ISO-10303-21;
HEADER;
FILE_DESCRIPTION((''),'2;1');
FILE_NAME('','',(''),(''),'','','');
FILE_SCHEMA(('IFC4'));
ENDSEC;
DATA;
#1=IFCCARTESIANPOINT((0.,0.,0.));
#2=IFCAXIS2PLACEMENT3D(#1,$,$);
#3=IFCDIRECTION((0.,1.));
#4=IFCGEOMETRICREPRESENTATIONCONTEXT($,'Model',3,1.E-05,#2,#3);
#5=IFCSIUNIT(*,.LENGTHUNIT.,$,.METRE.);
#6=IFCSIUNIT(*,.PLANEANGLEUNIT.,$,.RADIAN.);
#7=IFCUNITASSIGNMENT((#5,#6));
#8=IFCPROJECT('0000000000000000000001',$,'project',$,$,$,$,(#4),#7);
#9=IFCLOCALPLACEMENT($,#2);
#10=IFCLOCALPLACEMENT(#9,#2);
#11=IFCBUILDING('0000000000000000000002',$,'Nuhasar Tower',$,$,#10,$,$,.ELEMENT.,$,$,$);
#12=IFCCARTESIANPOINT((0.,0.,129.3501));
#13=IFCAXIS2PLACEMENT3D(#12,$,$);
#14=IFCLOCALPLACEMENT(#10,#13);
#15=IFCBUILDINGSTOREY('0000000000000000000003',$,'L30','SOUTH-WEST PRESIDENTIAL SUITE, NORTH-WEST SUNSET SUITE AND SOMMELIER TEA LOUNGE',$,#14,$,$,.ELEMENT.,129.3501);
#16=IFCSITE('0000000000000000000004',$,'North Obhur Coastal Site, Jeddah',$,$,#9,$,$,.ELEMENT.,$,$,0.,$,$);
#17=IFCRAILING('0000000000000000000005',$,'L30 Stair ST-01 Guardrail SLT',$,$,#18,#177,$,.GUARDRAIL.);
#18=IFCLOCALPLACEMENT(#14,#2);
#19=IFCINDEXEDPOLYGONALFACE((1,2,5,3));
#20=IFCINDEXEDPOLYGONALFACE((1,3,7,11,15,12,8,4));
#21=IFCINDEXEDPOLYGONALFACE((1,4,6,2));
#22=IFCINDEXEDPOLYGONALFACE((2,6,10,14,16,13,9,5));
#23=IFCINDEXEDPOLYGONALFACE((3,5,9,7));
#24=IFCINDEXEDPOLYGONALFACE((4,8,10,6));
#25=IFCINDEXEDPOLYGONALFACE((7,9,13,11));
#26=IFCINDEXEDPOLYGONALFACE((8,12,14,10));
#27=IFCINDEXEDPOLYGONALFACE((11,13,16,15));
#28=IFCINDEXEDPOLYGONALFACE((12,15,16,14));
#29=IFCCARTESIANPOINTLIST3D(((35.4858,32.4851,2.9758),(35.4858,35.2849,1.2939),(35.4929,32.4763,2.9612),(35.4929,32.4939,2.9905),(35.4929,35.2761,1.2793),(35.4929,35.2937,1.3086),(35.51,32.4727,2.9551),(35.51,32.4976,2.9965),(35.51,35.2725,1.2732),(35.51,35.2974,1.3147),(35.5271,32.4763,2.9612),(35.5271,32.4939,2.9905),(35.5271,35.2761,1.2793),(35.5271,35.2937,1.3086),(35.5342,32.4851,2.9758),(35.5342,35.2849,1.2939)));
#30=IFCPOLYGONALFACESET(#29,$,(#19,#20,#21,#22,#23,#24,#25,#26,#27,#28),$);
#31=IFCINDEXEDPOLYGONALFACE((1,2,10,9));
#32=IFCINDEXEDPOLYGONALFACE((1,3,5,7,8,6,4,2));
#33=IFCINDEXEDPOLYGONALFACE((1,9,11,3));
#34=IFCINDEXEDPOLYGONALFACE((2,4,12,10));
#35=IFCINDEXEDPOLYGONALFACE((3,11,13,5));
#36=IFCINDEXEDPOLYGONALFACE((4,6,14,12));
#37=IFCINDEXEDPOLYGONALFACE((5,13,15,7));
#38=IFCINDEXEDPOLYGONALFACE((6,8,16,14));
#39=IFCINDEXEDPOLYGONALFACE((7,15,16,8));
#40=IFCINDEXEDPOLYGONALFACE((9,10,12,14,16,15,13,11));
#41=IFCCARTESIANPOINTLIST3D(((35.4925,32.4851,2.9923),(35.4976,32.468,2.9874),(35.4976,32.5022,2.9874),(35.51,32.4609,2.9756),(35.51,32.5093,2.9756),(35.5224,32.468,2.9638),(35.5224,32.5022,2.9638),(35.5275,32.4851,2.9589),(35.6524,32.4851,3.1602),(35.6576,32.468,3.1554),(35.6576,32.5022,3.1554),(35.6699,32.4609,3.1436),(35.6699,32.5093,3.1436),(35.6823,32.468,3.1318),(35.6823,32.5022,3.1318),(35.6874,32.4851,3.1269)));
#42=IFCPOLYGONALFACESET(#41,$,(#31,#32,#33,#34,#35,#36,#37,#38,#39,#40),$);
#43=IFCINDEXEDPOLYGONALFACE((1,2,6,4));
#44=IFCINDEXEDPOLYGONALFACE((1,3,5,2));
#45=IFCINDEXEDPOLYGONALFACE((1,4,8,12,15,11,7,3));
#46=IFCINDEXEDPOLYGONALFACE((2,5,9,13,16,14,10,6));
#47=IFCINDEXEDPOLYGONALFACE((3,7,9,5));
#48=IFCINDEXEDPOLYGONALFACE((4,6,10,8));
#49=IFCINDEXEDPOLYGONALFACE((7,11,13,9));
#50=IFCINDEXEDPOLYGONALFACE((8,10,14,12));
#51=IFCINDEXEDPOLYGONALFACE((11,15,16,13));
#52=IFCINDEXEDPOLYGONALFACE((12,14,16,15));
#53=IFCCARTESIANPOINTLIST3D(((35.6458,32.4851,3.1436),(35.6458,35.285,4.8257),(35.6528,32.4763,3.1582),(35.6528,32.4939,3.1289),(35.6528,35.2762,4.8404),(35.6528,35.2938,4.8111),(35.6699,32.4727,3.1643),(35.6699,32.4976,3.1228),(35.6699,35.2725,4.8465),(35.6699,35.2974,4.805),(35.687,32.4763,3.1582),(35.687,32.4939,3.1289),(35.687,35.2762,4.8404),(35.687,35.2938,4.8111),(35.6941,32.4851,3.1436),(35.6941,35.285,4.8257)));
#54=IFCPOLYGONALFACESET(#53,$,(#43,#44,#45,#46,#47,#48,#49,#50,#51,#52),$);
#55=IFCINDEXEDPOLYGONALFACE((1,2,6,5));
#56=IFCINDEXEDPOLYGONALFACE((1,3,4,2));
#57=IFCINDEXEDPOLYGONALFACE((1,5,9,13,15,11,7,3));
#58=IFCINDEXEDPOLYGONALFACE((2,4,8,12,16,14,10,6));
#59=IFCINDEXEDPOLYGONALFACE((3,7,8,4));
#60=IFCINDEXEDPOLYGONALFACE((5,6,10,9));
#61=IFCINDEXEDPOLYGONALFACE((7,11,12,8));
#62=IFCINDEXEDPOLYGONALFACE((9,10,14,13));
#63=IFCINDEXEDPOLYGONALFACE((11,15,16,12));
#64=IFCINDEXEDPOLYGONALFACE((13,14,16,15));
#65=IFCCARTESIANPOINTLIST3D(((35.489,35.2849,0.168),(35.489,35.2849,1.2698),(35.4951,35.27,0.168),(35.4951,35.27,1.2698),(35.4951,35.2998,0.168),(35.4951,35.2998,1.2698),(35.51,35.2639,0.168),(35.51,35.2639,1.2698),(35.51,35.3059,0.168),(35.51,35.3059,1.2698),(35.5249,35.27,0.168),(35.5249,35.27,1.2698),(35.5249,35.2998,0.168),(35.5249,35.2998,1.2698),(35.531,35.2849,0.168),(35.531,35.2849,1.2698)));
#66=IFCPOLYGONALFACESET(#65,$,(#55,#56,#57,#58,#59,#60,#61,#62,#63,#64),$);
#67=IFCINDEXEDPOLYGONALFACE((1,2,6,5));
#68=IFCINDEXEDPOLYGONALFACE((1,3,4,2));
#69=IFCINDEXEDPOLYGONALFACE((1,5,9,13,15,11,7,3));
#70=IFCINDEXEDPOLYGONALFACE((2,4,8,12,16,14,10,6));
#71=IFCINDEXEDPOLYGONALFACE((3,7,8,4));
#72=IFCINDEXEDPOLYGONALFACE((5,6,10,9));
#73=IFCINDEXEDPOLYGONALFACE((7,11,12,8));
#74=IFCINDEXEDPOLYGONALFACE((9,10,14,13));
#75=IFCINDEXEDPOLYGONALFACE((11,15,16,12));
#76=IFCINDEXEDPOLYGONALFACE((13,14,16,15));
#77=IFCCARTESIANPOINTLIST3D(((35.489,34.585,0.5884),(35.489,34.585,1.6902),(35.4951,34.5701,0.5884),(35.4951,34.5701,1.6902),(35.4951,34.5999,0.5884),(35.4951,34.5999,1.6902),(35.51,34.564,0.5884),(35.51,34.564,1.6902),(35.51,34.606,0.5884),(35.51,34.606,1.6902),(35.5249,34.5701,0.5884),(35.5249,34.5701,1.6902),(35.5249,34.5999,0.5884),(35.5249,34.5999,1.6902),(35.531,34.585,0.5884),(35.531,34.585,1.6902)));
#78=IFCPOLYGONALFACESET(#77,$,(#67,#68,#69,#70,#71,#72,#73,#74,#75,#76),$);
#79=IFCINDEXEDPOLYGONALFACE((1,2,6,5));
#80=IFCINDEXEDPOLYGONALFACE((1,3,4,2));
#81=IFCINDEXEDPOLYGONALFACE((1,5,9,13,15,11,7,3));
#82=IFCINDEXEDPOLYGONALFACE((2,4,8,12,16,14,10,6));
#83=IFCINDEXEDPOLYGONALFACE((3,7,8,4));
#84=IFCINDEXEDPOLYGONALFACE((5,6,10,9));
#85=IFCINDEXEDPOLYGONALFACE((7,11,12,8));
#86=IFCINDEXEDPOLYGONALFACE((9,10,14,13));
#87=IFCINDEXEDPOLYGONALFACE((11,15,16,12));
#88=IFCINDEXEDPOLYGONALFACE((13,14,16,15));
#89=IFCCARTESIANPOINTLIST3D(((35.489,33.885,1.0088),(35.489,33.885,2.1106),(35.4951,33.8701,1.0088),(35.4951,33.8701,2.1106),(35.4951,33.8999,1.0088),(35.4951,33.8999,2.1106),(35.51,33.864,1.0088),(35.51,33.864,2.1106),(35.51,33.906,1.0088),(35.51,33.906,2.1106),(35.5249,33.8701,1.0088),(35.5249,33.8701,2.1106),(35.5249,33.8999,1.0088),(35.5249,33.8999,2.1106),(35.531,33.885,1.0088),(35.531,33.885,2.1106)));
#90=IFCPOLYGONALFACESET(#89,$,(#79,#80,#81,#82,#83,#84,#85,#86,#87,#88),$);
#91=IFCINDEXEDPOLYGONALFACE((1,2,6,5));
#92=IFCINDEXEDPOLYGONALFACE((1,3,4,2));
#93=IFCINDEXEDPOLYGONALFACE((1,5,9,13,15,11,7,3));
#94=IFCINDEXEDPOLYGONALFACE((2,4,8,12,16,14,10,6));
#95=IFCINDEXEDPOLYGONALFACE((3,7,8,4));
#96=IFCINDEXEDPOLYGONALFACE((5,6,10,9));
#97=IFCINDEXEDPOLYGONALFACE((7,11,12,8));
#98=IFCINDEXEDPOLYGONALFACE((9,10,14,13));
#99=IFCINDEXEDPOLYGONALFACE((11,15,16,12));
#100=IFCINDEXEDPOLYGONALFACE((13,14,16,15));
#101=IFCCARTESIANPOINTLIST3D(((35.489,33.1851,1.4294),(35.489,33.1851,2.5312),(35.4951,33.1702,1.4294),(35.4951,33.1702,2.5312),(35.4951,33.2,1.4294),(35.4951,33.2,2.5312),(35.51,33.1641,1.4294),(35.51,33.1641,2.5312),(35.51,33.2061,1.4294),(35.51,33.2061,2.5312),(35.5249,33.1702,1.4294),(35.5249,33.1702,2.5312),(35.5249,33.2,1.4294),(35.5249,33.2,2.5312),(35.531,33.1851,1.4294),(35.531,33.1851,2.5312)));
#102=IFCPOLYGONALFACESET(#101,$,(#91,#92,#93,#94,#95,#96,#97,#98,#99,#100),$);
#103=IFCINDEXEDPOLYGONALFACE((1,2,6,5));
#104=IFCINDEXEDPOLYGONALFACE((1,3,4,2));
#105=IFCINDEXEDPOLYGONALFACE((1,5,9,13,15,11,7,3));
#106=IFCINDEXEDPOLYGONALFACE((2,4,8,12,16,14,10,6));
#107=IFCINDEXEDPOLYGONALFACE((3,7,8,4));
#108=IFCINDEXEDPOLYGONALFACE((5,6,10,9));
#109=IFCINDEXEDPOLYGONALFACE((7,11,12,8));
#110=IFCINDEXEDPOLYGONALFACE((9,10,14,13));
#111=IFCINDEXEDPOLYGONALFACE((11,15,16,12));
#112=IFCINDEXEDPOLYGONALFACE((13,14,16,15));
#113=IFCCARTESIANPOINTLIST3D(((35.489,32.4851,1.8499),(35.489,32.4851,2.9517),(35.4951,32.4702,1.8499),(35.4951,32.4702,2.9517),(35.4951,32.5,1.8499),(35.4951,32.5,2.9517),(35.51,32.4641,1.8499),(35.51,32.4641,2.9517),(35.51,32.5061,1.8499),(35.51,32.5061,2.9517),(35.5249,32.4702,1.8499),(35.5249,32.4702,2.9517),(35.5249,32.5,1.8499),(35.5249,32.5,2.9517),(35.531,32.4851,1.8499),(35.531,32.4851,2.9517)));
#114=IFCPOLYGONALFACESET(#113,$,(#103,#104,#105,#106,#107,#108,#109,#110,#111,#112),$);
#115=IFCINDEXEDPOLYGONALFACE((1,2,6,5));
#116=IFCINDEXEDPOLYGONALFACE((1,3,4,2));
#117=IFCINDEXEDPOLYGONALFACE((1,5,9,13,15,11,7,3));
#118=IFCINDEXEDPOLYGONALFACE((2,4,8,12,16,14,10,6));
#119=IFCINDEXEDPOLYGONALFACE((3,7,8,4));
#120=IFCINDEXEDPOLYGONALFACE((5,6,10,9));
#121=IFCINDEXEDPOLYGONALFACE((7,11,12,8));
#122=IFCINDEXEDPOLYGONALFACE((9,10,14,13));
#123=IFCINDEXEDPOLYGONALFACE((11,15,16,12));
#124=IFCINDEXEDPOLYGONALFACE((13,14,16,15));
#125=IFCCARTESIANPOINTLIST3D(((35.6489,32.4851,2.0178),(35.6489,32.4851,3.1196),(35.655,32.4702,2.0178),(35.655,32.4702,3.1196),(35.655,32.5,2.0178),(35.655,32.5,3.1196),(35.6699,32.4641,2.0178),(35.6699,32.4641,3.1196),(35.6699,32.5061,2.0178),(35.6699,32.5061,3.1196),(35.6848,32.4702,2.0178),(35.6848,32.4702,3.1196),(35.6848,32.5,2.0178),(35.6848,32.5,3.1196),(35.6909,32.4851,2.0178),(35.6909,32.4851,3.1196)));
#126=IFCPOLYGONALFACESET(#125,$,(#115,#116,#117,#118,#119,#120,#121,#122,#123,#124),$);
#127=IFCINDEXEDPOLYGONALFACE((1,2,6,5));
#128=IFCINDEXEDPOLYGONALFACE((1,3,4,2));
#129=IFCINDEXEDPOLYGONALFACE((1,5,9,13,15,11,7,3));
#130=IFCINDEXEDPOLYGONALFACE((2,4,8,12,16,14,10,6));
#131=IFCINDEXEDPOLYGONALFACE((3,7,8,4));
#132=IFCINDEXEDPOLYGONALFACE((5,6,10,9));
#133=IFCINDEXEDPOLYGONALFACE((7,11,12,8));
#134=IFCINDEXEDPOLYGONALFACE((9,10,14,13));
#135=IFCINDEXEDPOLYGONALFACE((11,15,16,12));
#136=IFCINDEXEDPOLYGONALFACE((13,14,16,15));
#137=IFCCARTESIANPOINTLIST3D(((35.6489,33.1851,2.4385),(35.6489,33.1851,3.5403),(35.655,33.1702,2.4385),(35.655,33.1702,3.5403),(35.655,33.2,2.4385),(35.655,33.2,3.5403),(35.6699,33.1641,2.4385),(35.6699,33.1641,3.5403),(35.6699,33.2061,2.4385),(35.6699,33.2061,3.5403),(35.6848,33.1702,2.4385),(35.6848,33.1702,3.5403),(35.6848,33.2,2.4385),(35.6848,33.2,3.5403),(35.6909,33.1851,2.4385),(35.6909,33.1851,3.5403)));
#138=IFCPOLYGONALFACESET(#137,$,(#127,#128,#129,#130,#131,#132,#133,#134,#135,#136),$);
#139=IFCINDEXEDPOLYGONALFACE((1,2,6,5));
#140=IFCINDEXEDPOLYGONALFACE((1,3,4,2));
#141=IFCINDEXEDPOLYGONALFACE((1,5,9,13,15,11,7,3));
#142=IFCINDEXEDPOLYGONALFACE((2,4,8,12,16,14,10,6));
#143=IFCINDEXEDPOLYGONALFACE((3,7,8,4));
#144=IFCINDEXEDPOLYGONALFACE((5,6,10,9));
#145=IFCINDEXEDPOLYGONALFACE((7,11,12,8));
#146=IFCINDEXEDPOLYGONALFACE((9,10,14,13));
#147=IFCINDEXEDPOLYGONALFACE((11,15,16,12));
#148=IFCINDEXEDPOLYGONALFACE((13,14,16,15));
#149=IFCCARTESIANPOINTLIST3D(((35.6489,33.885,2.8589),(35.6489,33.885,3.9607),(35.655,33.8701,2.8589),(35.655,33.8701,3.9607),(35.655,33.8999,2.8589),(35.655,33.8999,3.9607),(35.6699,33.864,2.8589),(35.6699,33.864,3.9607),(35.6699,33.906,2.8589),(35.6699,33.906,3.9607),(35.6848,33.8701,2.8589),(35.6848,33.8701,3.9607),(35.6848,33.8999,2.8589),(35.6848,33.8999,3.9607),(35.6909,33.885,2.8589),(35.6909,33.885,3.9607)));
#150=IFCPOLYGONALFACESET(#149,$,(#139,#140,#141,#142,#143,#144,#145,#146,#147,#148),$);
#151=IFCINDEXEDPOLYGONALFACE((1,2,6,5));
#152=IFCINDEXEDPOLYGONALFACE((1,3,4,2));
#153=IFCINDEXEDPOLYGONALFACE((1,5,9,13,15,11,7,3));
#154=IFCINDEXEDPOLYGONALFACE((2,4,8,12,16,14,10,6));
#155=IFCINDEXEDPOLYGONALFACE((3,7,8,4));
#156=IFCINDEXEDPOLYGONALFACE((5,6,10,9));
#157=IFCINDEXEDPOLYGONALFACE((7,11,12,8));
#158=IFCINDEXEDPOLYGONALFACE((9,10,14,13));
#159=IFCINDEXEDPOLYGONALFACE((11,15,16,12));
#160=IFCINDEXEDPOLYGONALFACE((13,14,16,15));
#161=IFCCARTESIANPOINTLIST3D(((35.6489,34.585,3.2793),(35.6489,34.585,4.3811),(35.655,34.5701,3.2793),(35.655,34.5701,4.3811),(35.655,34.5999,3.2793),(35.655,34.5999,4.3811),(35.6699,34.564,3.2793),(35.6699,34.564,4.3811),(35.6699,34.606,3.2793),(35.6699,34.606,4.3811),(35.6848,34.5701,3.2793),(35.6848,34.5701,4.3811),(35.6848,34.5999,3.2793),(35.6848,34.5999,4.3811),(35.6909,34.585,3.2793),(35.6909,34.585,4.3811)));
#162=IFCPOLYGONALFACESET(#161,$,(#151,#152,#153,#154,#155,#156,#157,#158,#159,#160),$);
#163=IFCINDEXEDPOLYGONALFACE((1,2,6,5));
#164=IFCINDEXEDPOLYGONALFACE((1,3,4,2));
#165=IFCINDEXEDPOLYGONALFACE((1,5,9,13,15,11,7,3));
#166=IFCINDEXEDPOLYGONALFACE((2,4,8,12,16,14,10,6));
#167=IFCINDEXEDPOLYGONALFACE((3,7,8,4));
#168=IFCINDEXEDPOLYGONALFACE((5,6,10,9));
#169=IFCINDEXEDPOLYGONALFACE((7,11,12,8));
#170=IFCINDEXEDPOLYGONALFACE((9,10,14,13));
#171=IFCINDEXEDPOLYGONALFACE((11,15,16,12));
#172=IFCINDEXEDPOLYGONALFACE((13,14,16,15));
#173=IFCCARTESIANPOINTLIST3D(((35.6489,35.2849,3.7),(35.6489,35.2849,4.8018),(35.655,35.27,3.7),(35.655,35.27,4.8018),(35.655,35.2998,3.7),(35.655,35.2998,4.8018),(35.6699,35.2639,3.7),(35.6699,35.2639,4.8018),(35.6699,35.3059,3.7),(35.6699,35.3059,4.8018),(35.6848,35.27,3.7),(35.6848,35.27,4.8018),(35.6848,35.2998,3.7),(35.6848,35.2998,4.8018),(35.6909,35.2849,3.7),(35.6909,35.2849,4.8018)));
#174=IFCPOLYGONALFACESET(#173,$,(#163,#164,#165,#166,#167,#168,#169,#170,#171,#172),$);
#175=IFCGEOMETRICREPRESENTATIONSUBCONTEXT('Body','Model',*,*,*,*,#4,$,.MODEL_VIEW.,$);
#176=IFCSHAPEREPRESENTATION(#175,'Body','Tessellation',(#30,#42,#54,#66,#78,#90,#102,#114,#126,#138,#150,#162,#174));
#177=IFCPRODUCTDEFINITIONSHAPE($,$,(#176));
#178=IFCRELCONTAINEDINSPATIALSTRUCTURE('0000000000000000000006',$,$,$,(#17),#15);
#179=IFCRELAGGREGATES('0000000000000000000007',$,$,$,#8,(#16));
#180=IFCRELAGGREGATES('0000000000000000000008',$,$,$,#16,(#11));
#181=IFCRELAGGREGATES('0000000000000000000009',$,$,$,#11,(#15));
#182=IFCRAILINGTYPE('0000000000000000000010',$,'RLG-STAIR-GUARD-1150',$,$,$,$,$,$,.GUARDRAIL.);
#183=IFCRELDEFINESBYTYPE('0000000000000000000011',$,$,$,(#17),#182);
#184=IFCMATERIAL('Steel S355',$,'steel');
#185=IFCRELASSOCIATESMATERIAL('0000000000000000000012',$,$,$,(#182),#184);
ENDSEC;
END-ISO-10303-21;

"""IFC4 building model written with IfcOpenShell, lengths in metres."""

from ifc_helpers import new_model, si_unit, direction, frame, origin, place, context, subcontext, project, spatial, polyline, outline, extrude, material, type_object, element, save


model = new_model("IFC4")

# Units and contexts
model_context = context("Model", 3, precision=1e-05, world=origin(), true_north=direction((0.0, 1.0)))
body_context = subcontext(model_context, "Body", "Model", "MODEL_VIEW")
ifc_project = project(units=[si_unit("LENGTHUNIT", "METRE"), si_unit("PLANEANGLEUNIT", "RADIAN")], contexts=[model_context])

# Site, building, storey
site_placement = place(None, origin())
site = spatial("IfcSite", under=ifc_project, at=site_placement, Name="North Obhur Coastal Site, Jeddah", CompositionType="ELEMENT", RefElevation=0.0)
building_placement = place(site_placement, origin())
building = spatial("IfcBuilding", under=site, at=building_placement, Name="Nuhasar Tower", CompositionType="ELEMENT")
storey_placement = place(building_placement, frame((0.0, 0.0, 129.3501)))
storey = spatial("IfcBuildingStorey", under=building, at=storey_placement, Name="L30", Description="SOUTH-WEST PRESIDENTIAL SUITE, NORTH-WEST SUNSET SUITE AND SOMMELIER TEA LOUNGE", CompositionType="ELEMENT", Elevation=129.3501)

# Shared definitions
ifc_material_1 = material(Name="Steel S355", Category="steel")

# Railing
railing_type_1 = type_object("IfcRailingType", Name="RLG-STAIR-GUARD-1150", PredefinedType="GUARDRAIL", material=ifc_material_1)
railing_1_placement = place(storey_placement, frame((35.51, 35.2849, 0.168)))
element("IfcRailing", 1, at=railing_1_placement, inside=storey, type_object=railing_type_1, Name="L30 Stair ST-01 Guardrail SLT", PredefinedType="GUARDRAIL", context=body_context, shape_type="SweptSolid", body=[
    extrude(outline(polyline([(0.0242, 0.0), (0.0171, 0.0171), (0.0, 0.0242), (-0.0171, 0.0171), (-0.0242, 0.0), (-0.0171, -0.0171), (0.0, -0.0242), (0.0171, -0.0171), (0.0242, 0.0)])), frame((0.0, 0.0, 1.126), z_axis=(0.0, -0.857222, 0.514946), x_axis=(1.0, 0.0, 0.0)), (0.0, 0.0, 1.0), 3.2661),
    extrude(outline(polyline([(0.0242, 0.0), (0.0171, 0.0171), (0.0, 0.0242), (-0.0171, 0.0171), (-0.0242, 0.0), (-0.0171, -0.0171), (0.0, -0.0242), (0.0171, -0.0171), (0.0242, 0.0)])), frame((0.0, -2.7998, 2.8076), z_axis=(0.689524, 0.0, 0.724263), x_axis=(0.0, 1.0, 0.0)), (0.0, 0.0, 1.0), 0.2319),
    extrude(outline(polyline([(0.0242, 0.0), (0.0171, 0.0171), (0.0, 0.0242), (-0.0171, 0.0171), (-0.0242, 0.0), (-0.0171, -0.0171), (0.0, -0.0242), (0.0171, -0.0171), (0.0242, 0.0)])), frame((0.1599, -2.7998, 2.9756), z_axis=(0.0, 0.857189, 0.515001), x_axis=(-1.0, 0.0, 0.0)), (0.0, 0.0, 1.0), 3.2664),
    extrude(outline(polyline([(0.021, 0.0), (0.0149, 0.0149), (0.0, 0.021), (-0.0149, 0.0149), (-0.021, 0.0), (-0.0149, -0.0149), (0.0, -0.021), (0.0149, -0.0149), (0.021, 0.0)])), origin(), (0.0, 0.0, 1.0), 1.1018),
    extrude(outline(polyline([(0.021, 0.0), (0.0149, 0.0149), (0.0, 0.021), (-0.0149, 0.0149), (-0.021, 0.0), (-0.0149, -0.0149), (0.0, -0.021), (0.0149, -0.0149), (0.021, 0.0)])), frame((0.0, -0.7, 0.4204)), (0.0, 0.0, 1.0), 1.1018),
    extrude(outline(polyline([(0.021, 0.0), (0.0149, 0.0149), (0.0, 0.021), (-0.0149, 0.0149), (-0.021, 0.0), (-0.0149, -0.0149), (0.0, -0.021), (0.0149, -0.0149), (0.021, 0.0)])), frame((0.0, -1.3999, 0.8408)), (0.0, 0.0, 1.0), 1.1018),
    extrude(outline(polyline([(0.021, 0.0), (0.0149, 0.0149), (0.0, 0.021), (-0.0149, 0.0149), (-0.021, 0.0), (-0.0149, -0.0149), (0.0, -0.021), (0.0149, -0.0149), (0.021, 0.0)])), frame((0.0, -2.0999, 1.2615)), (0.0, 0.0, 1.0), 1.1018),
    extrude(outline(polyline([(0.021, 0.0), (0.0149, 0.0149), (0.0, 0.021), (-0.0149, 0.0149), (-0.021, 0.0), (-0.0149, -0.0149), (0.0, -0.021), (0.0149, -0.0149), (0.021, 0.0)])), frame((0.0, -2.7998, 1.6819)), (0.0, 0.0, 1.0), 1.1018),
    extrude(outline(polyline([(0.021, 0.0), (0.0149, 0.0149), (0.0, 0.021), (-0.0149, 0.0149), (-0.021, 0.0), (-0.0149, -0.0149), (0.0, -0.021), (0.0149, -0.0149), (0.021, 0.0)])), frame((0.1599, -2.7998, 1.8499)), (0.0, 0.0, 1.0), 1.1018),
    extrude(outline(polyline([(0.021, 0.0), (0.0149, 0.0149), (0.0, 0.021), (-0.0149, 0.0149), (-0.021, 0.0), (-0.0149, -0.0149), (0.0, -0.021), (0.0149, -0.0149), (0.021, 0.0)])), frame((0.1599, -2.0999, 2.2705)), (0.0, 0.0, 1.0), 1.1018),
    extrude(outline(polyline([(0.021, 0.0), (0.0149, 0.0149), (0.0, 0.021), (-0.0149, 0.0149), (-0.021, 0.0), (-0.0149, -0.0149), (0.0, -0.021), (0.0149, -0.0149), (0.021, 0.0)])), frame((0.1599, -1.3999, 2.6909)), (0.0, 0.0, 1.0), 1.1018),
    extrude(outline(polyline([(0.021, 0.0), (0.0149, 0.0149), (0.0, 0.021), (-0.0149, 0.0149), (-0.021, 0.0), (-0.0149, -0.0149), (0.0, -0.021), (0.0149, -0.0149), (0.021, 0.0)])), frame((0.1599, -0.7, 3.1113)), (0.0, 0.0, 1.0), 1.1018),
    extrude(outline(polyline([(0.021, 0.0), (0.0149, 0.0149), (0.0, 0.021), (-0.0149, 0.0149), (-0.021, 0.0), (-0.0149, -0.0149), (0.0, -0.021), (0.0149, -0.0149), (0.021, 0.0)])), frame((0.1599, 0.0, 3.532)), (0.0, 0.0, 1.0), 1.1018),
])

save(model, "model.ifc")
